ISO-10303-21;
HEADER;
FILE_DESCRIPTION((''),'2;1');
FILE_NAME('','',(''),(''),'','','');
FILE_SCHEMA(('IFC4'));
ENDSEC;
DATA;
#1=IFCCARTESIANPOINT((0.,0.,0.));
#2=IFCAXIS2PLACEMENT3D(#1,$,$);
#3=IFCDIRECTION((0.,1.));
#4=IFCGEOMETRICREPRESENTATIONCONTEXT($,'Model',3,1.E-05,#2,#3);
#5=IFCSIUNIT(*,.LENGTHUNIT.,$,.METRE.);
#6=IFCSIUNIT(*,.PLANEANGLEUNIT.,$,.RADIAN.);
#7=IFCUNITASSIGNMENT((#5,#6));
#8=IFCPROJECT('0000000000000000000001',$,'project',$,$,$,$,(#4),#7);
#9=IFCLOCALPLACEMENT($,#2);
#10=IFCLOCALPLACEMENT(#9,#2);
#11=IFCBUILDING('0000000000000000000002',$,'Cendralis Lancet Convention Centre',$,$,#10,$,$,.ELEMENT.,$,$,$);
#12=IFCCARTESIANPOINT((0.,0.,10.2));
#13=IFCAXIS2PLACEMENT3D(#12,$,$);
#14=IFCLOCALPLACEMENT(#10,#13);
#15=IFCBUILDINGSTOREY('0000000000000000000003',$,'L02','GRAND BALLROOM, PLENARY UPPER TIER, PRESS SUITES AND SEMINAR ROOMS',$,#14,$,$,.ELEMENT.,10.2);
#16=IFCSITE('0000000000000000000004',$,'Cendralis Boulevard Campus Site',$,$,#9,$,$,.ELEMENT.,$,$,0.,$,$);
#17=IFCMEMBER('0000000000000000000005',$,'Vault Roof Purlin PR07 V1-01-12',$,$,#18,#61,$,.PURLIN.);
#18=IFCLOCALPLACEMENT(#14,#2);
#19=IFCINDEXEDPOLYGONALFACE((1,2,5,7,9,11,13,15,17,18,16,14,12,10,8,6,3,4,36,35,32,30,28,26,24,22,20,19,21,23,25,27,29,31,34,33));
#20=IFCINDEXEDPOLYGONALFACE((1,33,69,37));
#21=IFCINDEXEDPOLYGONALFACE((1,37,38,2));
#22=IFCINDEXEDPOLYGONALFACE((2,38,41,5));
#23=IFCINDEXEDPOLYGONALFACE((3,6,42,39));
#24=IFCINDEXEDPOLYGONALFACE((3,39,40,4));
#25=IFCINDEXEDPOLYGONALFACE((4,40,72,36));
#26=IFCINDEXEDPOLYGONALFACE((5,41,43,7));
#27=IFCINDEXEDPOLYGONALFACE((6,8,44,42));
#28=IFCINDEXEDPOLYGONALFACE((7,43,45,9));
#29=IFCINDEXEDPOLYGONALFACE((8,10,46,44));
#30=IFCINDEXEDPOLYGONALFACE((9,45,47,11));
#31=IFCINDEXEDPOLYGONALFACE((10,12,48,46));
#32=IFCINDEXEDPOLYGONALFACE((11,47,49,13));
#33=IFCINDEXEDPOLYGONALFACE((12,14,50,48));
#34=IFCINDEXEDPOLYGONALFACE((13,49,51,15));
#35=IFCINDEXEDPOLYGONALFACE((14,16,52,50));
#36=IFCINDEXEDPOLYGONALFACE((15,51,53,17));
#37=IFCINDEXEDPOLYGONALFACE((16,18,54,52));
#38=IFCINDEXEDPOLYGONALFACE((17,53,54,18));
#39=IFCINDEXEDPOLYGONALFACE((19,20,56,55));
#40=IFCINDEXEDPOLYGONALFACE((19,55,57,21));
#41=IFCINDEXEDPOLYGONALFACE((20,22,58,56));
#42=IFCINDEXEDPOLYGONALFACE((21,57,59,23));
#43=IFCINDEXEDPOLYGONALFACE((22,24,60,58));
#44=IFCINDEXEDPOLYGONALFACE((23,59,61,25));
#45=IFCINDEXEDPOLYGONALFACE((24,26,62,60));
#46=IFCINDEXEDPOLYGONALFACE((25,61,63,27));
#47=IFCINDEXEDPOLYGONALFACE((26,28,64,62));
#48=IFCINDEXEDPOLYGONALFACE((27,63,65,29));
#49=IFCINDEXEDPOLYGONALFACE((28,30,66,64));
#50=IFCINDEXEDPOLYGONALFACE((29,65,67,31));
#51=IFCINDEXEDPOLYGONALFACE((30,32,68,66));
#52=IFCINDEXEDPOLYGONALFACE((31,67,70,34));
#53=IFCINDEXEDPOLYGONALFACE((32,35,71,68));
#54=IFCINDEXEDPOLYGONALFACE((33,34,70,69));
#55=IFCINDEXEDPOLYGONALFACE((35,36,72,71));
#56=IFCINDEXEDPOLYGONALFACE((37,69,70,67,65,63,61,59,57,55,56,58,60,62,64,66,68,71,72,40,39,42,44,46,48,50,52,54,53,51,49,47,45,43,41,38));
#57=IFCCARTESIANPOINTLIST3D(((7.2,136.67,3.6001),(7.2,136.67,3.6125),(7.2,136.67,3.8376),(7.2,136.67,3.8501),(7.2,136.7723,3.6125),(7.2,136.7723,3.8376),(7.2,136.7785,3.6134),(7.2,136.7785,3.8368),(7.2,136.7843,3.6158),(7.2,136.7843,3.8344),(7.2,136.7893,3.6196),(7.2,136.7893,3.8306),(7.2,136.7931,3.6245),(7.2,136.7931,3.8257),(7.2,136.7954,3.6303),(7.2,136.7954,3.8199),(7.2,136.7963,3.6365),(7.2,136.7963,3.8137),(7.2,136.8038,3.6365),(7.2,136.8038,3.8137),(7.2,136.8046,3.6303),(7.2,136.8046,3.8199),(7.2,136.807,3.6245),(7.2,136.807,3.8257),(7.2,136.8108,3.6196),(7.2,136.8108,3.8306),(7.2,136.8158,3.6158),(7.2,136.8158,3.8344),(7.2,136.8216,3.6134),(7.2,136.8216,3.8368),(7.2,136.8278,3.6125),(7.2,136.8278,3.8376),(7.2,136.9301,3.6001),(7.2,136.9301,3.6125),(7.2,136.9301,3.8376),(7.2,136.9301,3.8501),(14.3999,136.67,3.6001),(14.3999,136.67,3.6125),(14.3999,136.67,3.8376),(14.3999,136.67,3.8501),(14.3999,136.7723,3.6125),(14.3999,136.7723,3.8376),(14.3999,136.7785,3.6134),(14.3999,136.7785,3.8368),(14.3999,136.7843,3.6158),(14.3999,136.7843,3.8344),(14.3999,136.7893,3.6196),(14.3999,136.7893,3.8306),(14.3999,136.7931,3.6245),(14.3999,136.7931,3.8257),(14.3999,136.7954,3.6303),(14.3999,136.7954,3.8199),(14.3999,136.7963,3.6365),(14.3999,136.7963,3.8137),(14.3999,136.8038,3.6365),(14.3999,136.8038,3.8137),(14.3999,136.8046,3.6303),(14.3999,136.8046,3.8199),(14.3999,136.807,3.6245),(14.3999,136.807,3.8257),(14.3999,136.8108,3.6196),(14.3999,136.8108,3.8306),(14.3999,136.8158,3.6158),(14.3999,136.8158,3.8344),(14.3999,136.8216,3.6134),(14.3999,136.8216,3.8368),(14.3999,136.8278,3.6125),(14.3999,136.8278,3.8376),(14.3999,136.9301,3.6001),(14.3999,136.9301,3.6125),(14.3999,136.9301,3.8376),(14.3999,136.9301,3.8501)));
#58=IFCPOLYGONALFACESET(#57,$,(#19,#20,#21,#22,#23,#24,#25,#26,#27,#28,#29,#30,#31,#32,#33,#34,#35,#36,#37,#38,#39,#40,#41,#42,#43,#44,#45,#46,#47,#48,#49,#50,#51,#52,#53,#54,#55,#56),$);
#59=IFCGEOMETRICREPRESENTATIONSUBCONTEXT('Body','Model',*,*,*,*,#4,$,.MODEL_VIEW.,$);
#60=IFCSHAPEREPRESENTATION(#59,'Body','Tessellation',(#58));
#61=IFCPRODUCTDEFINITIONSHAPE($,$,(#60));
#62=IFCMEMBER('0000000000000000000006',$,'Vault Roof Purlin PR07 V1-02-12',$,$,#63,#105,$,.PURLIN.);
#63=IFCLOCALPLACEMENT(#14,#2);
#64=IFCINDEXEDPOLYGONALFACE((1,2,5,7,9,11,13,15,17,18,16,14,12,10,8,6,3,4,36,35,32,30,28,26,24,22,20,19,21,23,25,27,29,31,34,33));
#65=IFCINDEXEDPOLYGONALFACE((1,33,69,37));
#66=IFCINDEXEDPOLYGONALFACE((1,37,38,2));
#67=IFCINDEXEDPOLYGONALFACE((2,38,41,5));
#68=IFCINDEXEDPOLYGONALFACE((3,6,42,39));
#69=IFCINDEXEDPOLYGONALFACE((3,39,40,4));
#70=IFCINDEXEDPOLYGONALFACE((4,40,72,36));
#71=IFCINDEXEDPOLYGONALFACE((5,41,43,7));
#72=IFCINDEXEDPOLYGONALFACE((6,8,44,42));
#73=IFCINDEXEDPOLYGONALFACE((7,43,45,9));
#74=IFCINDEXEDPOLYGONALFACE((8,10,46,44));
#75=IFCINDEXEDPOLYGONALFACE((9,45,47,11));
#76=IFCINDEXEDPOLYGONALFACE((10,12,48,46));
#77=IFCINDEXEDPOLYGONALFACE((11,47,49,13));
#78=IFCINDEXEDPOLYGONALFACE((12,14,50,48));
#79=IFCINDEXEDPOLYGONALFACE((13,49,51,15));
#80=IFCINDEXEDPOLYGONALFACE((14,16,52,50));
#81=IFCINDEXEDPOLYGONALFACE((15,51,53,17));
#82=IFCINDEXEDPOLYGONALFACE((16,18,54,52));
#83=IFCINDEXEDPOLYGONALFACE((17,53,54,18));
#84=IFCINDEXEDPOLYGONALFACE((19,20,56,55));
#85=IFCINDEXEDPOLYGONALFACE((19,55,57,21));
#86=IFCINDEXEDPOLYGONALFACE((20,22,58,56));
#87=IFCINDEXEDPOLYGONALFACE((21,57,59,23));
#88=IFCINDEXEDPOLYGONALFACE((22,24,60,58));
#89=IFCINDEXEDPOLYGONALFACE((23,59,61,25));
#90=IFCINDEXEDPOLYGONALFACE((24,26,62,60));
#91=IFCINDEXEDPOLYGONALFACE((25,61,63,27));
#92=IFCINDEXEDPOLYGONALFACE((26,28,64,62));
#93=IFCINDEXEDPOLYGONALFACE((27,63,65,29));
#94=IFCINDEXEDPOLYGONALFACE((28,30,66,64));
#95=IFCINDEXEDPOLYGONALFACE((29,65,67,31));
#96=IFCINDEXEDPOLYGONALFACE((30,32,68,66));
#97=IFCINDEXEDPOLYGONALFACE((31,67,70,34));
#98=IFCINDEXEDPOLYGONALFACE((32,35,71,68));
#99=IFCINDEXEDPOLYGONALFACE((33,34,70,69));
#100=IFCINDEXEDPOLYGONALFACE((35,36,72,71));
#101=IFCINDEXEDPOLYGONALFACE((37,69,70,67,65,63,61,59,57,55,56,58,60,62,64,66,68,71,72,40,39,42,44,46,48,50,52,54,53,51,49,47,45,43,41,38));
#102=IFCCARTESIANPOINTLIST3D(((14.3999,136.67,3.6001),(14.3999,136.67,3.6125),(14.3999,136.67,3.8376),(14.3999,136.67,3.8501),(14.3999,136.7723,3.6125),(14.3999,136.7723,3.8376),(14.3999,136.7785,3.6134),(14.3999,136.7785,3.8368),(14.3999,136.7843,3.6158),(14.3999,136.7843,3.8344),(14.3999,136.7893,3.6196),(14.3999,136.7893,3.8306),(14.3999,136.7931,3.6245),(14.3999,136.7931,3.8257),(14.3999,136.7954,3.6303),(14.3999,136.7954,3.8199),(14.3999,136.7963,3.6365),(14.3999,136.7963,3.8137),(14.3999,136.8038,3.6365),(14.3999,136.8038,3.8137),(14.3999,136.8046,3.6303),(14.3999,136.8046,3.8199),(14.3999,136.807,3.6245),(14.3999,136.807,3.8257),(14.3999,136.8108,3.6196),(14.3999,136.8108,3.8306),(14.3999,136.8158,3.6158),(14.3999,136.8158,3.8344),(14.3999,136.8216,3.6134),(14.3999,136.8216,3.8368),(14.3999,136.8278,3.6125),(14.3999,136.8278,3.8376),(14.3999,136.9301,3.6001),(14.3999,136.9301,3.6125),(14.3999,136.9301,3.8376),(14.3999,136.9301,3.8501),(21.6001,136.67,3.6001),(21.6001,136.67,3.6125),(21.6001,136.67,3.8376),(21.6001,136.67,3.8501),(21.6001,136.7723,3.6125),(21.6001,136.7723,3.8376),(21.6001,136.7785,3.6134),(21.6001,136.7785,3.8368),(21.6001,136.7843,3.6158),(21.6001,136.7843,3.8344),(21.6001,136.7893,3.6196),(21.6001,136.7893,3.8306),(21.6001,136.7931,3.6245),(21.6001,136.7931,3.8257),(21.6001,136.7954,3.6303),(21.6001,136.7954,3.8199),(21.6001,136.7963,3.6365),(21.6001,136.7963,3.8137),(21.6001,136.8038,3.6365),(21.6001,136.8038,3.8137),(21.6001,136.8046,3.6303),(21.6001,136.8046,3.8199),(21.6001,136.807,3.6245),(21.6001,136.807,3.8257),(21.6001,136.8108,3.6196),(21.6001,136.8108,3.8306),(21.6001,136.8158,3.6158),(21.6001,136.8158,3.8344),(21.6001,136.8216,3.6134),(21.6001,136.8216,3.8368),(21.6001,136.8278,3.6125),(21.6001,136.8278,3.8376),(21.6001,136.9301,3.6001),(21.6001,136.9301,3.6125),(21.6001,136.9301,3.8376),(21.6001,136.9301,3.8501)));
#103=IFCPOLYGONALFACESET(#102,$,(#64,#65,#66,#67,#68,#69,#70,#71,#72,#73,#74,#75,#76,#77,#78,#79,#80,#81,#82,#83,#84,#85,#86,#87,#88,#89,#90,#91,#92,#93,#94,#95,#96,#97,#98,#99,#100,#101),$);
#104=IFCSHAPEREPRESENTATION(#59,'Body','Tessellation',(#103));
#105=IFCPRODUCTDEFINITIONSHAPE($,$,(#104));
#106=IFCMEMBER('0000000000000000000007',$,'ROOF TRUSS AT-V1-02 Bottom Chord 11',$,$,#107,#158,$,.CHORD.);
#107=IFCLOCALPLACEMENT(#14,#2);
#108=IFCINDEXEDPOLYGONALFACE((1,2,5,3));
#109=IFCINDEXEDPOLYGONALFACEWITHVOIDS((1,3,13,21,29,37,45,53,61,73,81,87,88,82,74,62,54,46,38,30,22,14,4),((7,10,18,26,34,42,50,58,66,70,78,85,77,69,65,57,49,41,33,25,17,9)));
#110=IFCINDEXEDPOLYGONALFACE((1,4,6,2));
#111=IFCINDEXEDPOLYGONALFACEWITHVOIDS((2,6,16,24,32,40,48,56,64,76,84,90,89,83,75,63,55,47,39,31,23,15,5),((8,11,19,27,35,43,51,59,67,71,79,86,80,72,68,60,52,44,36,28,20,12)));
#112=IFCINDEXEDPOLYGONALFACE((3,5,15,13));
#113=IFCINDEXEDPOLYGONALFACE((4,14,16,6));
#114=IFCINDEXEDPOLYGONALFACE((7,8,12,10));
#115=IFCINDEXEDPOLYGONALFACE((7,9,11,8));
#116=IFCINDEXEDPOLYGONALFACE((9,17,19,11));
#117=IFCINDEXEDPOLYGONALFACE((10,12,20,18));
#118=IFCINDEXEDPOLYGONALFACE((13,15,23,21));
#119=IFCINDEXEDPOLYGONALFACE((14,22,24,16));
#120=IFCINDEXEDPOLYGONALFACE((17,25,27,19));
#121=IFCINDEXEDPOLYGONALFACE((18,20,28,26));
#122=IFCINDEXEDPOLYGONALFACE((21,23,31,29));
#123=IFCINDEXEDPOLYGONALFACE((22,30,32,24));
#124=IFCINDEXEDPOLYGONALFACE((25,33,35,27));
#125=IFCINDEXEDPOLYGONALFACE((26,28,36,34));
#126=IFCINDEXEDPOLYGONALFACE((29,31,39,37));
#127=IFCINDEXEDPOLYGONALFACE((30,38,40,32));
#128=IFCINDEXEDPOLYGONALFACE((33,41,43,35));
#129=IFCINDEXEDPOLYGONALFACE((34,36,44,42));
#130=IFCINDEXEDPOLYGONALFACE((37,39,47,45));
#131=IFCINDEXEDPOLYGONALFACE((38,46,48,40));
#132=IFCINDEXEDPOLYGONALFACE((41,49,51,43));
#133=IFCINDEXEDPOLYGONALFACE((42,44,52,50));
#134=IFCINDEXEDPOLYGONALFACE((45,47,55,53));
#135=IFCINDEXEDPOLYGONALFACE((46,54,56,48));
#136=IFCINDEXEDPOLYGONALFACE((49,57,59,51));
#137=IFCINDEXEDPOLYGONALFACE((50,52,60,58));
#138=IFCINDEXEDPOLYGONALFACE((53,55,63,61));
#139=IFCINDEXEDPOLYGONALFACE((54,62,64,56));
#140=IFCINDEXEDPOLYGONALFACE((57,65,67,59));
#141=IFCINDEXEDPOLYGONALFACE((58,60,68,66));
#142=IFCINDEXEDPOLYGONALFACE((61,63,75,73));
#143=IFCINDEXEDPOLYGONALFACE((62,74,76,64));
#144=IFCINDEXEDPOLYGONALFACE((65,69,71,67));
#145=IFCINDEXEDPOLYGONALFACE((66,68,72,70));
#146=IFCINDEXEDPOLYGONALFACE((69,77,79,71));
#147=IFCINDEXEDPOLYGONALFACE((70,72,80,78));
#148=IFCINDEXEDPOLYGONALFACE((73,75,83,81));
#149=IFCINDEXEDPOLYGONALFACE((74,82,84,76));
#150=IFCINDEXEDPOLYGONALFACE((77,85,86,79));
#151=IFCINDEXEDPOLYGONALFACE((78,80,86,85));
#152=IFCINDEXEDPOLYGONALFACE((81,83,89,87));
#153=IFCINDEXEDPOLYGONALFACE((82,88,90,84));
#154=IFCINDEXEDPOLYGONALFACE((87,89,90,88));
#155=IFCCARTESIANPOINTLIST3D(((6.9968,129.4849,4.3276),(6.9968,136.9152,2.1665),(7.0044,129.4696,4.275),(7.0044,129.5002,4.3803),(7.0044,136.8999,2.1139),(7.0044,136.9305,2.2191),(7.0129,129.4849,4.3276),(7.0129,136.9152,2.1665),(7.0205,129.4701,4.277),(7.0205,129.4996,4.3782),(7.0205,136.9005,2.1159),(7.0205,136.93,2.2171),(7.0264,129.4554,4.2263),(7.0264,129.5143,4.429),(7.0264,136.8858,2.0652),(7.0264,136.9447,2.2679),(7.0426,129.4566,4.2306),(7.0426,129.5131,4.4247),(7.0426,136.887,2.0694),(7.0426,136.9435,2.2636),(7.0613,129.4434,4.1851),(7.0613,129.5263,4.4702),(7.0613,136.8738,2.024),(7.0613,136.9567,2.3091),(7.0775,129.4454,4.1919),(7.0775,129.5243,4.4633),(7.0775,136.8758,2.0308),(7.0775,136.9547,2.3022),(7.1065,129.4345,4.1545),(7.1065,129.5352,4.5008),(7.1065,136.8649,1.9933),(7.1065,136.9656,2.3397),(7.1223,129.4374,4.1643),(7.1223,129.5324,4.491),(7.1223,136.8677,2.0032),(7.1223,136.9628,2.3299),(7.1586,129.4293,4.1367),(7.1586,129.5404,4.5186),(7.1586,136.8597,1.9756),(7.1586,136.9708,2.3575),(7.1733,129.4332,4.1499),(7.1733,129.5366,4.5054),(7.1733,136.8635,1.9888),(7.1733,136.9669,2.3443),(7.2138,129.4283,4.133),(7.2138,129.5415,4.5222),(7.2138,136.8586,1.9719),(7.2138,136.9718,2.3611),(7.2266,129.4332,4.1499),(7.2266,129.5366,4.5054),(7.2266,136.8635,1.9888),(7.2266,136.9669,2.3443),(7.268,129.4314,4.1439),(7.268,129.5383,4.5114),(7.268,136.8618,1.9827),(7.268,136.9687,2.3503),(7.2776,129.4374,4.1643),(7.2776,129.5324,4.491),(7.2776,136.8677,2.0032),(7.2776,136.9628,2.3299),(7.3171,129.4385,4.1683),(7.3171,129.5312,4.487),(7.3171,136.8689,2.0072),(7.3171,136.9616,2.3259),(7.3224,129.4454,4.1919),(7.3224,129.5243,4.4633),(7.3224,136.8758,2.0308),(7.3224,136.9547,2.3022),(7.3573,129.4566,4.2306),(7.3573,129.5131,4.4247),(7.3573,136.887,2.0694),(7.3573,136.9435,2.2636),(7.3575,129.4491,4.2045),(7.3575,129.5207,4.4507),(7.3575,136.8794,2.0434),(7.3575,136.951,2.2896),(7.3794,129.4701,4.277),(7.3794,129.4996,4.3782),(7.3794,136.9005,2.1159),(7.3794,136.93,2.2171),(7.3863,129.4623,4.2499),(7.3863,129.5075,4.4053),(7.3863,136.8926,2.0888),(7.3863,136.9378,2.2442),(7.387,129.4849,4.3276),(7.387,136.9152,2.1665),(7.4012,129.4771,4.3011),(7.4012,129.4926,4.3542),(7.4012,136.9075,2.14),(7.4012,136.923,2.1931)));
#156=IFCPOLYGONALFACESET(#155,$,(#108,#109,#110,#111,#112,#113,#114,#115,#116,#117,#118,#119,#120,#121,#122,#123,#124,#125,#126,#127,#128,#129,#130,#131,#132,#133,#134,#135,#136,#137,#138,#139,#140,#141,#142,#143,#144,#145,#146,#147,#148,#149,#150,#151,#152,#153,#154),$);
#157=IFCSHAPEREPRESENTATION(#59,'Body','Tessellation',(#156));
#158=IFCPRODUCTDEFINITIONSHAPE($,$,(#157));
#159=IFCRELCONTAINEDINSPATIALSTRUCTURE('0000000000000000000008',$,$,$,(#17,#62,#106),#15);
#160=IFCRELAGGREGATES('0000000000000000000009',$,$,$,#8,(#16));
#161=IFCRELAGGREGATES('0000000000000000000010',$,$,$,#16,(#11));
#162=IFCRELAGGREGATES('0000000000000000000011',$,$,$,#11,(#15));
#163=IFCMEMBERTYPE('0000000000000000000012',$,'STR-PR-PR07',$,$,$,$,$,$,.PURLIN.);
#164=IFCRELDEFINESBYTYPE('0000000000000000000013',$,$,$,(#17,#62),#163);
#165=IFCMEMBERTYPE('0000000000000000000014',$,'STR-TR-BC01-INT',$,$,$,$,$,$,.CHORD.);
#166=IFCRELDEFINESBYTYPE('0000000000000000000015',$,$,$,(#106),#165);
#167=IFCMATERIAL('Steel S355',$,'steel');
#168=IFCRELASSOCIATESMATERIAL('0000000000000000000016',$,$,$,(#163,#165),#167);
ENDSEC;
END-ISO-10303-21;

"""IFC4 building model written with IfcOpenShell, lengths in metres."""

from ifc_helpers import new_model, si_unit, direction, frame, origin, origin_2d, place, context, subcontext, project, spatial, hollow_circle, i_section, extrude, material, material_profile, profile_set, type_object, element, save


model = new_model("IFC4")

# Units and contexts
model_context = context("Model", 3, precision=1e-05, world=origin(), true_north=direction((0.0, 1.0)))
body_context = subcontext(model_context, "Body", "Model", "MODEL_VIEW")
ifc_project = project(units=[si_unit("LENGTHUNIT", "METRE"), si_unit("PLANEANGLEUNIT", "RADIAN")], contexts=[model_context])

# Site, building, storey
site_placement = place(None, origin())
site = spatial("IfcSite", under=ifc_project, at=site_placement, Name="Cendralis Boulevard Campus Site", CompositionType="ELEMENT", RefElevation=0.0)
building_placement = place(site_placement, origin())
building = spatial("IfcBuilding", under=site, at=building_placement, Name="Cendralis Lancet Convention Centre", CompositionType="ELEMENT")
storey_placement = place(building_placement, frame((0.0, 0.0, 10.2)))
storey = spatial("IfcBuildingStorey", under=building, at=storey_placement, Name="L02", Description="GRAND BALLROOM, PLENARY UPPER TIER, PRESS SUITES AND SEMINAR ROOMS", CompositionType="ELEMENT", Elevation=10.2)

# Members
ifc_material_1 = material(Name="Steel S355", Category="steel")
ifc_material_profile_1 = material_profile(ifc_material_1, i_section(OverallWidth=0.26, OverallDepth=0.25, WebThickness=0.0076, FlangeThickness=0.0125, FilletRadius=0.0239, at=origin_2d()), Name="HEA 260")
ifc_profile_set_1 = profile_set([ifc_material_profile_1], Name="Steel S355")
member_type_1 = type_object("IfcMemberType", Name="STR-PR-PR07", PredefinedType="PURLIN", material=ifc_profile_set_1)
member_1_placement = place(storey_placement, frame((7.2, 136.8, 3.7251), z_axis=(1.0, 0.0, 0.0), x_axis=(0.0, 1.0, 0.0)))
element("IfcMember", 1, at=member_1_placement, inside=storey, type_object=member_type_1, Name="Vault Roof Purlin PR07 V1-01-12", PredefinedType="PURLIN", context=body_context, shape_type="SweptSolid", body=[
    extrude(i_section(OverallWidth=0.26, OverallDepth=0.25, WebThickness=0.0076, FlangeThickness=0.0125, FilletRadius=0.0239, at=origin_2d()), origin(), (0.0, 0.0, 1.0), 7.2),
])
member_2_placement = place(storey_placement, frame((14.3999, 136.8, 3.7251), z_axis=(1.0, 0.0, 0.0), x_axis=(0.0, 1.0, 0.0)))
element("IfcMember", 2, at=member_2_placement, inside=storey, type_object=member_type_1, Name="Vault Roof Purlin PR07 V1-02-12", PredefinedType="PURLIN", context=body_context, shape_type="SweptSolid", body=[
    extrude(i_section(OverallWidth=0.26, OverallDepth=0.25, WebThickness=0.0076, FlangeThickness=0.0125, FilletRadius=0.0239, at=origin_2d()), origin(), (0.0, 0.0, 1.0), 7.2002),
])
ifc_material_profile_2 = material_profile(ifc_material_1, hollow_circle(Radius=0.2031, WallThickness=0.0161, at=origin_2d()), Name="CHS 406.4x16.0")
ifc_profile_set_2 = profile_set([ifc_material_profile_2], Name="Steel S355")
member_type_2 = type_object("IfcMemberType", Name="STR-TR-BC01-INT", PredefinedType="CHORD", material=ifc_profile_set_2)
member_3_placement = place(storey_placement, frame((7.2, 129.4849, 4.3276), z_axis=(0.0, 0.960211, -0.279277), x_axis=(-1.0, 0.0, 0.0)))
element("IfcMember", 3, at=member_3_placement, inside=storey, type_object=member_type_2, Name="ROOF TRUSS AT-V1-02 Bottom Chord 11", PredefinedType="CHORD", context=body_context, shape_type="SweptSolid", body=[
    extrude(hollow_circle(Radius=0.2031, WallThickness=0.0161, at=origin_2d()), origin(), (0.0, 0.0, 1.0), 7.7383),
])

save(model, "model.ifc")
